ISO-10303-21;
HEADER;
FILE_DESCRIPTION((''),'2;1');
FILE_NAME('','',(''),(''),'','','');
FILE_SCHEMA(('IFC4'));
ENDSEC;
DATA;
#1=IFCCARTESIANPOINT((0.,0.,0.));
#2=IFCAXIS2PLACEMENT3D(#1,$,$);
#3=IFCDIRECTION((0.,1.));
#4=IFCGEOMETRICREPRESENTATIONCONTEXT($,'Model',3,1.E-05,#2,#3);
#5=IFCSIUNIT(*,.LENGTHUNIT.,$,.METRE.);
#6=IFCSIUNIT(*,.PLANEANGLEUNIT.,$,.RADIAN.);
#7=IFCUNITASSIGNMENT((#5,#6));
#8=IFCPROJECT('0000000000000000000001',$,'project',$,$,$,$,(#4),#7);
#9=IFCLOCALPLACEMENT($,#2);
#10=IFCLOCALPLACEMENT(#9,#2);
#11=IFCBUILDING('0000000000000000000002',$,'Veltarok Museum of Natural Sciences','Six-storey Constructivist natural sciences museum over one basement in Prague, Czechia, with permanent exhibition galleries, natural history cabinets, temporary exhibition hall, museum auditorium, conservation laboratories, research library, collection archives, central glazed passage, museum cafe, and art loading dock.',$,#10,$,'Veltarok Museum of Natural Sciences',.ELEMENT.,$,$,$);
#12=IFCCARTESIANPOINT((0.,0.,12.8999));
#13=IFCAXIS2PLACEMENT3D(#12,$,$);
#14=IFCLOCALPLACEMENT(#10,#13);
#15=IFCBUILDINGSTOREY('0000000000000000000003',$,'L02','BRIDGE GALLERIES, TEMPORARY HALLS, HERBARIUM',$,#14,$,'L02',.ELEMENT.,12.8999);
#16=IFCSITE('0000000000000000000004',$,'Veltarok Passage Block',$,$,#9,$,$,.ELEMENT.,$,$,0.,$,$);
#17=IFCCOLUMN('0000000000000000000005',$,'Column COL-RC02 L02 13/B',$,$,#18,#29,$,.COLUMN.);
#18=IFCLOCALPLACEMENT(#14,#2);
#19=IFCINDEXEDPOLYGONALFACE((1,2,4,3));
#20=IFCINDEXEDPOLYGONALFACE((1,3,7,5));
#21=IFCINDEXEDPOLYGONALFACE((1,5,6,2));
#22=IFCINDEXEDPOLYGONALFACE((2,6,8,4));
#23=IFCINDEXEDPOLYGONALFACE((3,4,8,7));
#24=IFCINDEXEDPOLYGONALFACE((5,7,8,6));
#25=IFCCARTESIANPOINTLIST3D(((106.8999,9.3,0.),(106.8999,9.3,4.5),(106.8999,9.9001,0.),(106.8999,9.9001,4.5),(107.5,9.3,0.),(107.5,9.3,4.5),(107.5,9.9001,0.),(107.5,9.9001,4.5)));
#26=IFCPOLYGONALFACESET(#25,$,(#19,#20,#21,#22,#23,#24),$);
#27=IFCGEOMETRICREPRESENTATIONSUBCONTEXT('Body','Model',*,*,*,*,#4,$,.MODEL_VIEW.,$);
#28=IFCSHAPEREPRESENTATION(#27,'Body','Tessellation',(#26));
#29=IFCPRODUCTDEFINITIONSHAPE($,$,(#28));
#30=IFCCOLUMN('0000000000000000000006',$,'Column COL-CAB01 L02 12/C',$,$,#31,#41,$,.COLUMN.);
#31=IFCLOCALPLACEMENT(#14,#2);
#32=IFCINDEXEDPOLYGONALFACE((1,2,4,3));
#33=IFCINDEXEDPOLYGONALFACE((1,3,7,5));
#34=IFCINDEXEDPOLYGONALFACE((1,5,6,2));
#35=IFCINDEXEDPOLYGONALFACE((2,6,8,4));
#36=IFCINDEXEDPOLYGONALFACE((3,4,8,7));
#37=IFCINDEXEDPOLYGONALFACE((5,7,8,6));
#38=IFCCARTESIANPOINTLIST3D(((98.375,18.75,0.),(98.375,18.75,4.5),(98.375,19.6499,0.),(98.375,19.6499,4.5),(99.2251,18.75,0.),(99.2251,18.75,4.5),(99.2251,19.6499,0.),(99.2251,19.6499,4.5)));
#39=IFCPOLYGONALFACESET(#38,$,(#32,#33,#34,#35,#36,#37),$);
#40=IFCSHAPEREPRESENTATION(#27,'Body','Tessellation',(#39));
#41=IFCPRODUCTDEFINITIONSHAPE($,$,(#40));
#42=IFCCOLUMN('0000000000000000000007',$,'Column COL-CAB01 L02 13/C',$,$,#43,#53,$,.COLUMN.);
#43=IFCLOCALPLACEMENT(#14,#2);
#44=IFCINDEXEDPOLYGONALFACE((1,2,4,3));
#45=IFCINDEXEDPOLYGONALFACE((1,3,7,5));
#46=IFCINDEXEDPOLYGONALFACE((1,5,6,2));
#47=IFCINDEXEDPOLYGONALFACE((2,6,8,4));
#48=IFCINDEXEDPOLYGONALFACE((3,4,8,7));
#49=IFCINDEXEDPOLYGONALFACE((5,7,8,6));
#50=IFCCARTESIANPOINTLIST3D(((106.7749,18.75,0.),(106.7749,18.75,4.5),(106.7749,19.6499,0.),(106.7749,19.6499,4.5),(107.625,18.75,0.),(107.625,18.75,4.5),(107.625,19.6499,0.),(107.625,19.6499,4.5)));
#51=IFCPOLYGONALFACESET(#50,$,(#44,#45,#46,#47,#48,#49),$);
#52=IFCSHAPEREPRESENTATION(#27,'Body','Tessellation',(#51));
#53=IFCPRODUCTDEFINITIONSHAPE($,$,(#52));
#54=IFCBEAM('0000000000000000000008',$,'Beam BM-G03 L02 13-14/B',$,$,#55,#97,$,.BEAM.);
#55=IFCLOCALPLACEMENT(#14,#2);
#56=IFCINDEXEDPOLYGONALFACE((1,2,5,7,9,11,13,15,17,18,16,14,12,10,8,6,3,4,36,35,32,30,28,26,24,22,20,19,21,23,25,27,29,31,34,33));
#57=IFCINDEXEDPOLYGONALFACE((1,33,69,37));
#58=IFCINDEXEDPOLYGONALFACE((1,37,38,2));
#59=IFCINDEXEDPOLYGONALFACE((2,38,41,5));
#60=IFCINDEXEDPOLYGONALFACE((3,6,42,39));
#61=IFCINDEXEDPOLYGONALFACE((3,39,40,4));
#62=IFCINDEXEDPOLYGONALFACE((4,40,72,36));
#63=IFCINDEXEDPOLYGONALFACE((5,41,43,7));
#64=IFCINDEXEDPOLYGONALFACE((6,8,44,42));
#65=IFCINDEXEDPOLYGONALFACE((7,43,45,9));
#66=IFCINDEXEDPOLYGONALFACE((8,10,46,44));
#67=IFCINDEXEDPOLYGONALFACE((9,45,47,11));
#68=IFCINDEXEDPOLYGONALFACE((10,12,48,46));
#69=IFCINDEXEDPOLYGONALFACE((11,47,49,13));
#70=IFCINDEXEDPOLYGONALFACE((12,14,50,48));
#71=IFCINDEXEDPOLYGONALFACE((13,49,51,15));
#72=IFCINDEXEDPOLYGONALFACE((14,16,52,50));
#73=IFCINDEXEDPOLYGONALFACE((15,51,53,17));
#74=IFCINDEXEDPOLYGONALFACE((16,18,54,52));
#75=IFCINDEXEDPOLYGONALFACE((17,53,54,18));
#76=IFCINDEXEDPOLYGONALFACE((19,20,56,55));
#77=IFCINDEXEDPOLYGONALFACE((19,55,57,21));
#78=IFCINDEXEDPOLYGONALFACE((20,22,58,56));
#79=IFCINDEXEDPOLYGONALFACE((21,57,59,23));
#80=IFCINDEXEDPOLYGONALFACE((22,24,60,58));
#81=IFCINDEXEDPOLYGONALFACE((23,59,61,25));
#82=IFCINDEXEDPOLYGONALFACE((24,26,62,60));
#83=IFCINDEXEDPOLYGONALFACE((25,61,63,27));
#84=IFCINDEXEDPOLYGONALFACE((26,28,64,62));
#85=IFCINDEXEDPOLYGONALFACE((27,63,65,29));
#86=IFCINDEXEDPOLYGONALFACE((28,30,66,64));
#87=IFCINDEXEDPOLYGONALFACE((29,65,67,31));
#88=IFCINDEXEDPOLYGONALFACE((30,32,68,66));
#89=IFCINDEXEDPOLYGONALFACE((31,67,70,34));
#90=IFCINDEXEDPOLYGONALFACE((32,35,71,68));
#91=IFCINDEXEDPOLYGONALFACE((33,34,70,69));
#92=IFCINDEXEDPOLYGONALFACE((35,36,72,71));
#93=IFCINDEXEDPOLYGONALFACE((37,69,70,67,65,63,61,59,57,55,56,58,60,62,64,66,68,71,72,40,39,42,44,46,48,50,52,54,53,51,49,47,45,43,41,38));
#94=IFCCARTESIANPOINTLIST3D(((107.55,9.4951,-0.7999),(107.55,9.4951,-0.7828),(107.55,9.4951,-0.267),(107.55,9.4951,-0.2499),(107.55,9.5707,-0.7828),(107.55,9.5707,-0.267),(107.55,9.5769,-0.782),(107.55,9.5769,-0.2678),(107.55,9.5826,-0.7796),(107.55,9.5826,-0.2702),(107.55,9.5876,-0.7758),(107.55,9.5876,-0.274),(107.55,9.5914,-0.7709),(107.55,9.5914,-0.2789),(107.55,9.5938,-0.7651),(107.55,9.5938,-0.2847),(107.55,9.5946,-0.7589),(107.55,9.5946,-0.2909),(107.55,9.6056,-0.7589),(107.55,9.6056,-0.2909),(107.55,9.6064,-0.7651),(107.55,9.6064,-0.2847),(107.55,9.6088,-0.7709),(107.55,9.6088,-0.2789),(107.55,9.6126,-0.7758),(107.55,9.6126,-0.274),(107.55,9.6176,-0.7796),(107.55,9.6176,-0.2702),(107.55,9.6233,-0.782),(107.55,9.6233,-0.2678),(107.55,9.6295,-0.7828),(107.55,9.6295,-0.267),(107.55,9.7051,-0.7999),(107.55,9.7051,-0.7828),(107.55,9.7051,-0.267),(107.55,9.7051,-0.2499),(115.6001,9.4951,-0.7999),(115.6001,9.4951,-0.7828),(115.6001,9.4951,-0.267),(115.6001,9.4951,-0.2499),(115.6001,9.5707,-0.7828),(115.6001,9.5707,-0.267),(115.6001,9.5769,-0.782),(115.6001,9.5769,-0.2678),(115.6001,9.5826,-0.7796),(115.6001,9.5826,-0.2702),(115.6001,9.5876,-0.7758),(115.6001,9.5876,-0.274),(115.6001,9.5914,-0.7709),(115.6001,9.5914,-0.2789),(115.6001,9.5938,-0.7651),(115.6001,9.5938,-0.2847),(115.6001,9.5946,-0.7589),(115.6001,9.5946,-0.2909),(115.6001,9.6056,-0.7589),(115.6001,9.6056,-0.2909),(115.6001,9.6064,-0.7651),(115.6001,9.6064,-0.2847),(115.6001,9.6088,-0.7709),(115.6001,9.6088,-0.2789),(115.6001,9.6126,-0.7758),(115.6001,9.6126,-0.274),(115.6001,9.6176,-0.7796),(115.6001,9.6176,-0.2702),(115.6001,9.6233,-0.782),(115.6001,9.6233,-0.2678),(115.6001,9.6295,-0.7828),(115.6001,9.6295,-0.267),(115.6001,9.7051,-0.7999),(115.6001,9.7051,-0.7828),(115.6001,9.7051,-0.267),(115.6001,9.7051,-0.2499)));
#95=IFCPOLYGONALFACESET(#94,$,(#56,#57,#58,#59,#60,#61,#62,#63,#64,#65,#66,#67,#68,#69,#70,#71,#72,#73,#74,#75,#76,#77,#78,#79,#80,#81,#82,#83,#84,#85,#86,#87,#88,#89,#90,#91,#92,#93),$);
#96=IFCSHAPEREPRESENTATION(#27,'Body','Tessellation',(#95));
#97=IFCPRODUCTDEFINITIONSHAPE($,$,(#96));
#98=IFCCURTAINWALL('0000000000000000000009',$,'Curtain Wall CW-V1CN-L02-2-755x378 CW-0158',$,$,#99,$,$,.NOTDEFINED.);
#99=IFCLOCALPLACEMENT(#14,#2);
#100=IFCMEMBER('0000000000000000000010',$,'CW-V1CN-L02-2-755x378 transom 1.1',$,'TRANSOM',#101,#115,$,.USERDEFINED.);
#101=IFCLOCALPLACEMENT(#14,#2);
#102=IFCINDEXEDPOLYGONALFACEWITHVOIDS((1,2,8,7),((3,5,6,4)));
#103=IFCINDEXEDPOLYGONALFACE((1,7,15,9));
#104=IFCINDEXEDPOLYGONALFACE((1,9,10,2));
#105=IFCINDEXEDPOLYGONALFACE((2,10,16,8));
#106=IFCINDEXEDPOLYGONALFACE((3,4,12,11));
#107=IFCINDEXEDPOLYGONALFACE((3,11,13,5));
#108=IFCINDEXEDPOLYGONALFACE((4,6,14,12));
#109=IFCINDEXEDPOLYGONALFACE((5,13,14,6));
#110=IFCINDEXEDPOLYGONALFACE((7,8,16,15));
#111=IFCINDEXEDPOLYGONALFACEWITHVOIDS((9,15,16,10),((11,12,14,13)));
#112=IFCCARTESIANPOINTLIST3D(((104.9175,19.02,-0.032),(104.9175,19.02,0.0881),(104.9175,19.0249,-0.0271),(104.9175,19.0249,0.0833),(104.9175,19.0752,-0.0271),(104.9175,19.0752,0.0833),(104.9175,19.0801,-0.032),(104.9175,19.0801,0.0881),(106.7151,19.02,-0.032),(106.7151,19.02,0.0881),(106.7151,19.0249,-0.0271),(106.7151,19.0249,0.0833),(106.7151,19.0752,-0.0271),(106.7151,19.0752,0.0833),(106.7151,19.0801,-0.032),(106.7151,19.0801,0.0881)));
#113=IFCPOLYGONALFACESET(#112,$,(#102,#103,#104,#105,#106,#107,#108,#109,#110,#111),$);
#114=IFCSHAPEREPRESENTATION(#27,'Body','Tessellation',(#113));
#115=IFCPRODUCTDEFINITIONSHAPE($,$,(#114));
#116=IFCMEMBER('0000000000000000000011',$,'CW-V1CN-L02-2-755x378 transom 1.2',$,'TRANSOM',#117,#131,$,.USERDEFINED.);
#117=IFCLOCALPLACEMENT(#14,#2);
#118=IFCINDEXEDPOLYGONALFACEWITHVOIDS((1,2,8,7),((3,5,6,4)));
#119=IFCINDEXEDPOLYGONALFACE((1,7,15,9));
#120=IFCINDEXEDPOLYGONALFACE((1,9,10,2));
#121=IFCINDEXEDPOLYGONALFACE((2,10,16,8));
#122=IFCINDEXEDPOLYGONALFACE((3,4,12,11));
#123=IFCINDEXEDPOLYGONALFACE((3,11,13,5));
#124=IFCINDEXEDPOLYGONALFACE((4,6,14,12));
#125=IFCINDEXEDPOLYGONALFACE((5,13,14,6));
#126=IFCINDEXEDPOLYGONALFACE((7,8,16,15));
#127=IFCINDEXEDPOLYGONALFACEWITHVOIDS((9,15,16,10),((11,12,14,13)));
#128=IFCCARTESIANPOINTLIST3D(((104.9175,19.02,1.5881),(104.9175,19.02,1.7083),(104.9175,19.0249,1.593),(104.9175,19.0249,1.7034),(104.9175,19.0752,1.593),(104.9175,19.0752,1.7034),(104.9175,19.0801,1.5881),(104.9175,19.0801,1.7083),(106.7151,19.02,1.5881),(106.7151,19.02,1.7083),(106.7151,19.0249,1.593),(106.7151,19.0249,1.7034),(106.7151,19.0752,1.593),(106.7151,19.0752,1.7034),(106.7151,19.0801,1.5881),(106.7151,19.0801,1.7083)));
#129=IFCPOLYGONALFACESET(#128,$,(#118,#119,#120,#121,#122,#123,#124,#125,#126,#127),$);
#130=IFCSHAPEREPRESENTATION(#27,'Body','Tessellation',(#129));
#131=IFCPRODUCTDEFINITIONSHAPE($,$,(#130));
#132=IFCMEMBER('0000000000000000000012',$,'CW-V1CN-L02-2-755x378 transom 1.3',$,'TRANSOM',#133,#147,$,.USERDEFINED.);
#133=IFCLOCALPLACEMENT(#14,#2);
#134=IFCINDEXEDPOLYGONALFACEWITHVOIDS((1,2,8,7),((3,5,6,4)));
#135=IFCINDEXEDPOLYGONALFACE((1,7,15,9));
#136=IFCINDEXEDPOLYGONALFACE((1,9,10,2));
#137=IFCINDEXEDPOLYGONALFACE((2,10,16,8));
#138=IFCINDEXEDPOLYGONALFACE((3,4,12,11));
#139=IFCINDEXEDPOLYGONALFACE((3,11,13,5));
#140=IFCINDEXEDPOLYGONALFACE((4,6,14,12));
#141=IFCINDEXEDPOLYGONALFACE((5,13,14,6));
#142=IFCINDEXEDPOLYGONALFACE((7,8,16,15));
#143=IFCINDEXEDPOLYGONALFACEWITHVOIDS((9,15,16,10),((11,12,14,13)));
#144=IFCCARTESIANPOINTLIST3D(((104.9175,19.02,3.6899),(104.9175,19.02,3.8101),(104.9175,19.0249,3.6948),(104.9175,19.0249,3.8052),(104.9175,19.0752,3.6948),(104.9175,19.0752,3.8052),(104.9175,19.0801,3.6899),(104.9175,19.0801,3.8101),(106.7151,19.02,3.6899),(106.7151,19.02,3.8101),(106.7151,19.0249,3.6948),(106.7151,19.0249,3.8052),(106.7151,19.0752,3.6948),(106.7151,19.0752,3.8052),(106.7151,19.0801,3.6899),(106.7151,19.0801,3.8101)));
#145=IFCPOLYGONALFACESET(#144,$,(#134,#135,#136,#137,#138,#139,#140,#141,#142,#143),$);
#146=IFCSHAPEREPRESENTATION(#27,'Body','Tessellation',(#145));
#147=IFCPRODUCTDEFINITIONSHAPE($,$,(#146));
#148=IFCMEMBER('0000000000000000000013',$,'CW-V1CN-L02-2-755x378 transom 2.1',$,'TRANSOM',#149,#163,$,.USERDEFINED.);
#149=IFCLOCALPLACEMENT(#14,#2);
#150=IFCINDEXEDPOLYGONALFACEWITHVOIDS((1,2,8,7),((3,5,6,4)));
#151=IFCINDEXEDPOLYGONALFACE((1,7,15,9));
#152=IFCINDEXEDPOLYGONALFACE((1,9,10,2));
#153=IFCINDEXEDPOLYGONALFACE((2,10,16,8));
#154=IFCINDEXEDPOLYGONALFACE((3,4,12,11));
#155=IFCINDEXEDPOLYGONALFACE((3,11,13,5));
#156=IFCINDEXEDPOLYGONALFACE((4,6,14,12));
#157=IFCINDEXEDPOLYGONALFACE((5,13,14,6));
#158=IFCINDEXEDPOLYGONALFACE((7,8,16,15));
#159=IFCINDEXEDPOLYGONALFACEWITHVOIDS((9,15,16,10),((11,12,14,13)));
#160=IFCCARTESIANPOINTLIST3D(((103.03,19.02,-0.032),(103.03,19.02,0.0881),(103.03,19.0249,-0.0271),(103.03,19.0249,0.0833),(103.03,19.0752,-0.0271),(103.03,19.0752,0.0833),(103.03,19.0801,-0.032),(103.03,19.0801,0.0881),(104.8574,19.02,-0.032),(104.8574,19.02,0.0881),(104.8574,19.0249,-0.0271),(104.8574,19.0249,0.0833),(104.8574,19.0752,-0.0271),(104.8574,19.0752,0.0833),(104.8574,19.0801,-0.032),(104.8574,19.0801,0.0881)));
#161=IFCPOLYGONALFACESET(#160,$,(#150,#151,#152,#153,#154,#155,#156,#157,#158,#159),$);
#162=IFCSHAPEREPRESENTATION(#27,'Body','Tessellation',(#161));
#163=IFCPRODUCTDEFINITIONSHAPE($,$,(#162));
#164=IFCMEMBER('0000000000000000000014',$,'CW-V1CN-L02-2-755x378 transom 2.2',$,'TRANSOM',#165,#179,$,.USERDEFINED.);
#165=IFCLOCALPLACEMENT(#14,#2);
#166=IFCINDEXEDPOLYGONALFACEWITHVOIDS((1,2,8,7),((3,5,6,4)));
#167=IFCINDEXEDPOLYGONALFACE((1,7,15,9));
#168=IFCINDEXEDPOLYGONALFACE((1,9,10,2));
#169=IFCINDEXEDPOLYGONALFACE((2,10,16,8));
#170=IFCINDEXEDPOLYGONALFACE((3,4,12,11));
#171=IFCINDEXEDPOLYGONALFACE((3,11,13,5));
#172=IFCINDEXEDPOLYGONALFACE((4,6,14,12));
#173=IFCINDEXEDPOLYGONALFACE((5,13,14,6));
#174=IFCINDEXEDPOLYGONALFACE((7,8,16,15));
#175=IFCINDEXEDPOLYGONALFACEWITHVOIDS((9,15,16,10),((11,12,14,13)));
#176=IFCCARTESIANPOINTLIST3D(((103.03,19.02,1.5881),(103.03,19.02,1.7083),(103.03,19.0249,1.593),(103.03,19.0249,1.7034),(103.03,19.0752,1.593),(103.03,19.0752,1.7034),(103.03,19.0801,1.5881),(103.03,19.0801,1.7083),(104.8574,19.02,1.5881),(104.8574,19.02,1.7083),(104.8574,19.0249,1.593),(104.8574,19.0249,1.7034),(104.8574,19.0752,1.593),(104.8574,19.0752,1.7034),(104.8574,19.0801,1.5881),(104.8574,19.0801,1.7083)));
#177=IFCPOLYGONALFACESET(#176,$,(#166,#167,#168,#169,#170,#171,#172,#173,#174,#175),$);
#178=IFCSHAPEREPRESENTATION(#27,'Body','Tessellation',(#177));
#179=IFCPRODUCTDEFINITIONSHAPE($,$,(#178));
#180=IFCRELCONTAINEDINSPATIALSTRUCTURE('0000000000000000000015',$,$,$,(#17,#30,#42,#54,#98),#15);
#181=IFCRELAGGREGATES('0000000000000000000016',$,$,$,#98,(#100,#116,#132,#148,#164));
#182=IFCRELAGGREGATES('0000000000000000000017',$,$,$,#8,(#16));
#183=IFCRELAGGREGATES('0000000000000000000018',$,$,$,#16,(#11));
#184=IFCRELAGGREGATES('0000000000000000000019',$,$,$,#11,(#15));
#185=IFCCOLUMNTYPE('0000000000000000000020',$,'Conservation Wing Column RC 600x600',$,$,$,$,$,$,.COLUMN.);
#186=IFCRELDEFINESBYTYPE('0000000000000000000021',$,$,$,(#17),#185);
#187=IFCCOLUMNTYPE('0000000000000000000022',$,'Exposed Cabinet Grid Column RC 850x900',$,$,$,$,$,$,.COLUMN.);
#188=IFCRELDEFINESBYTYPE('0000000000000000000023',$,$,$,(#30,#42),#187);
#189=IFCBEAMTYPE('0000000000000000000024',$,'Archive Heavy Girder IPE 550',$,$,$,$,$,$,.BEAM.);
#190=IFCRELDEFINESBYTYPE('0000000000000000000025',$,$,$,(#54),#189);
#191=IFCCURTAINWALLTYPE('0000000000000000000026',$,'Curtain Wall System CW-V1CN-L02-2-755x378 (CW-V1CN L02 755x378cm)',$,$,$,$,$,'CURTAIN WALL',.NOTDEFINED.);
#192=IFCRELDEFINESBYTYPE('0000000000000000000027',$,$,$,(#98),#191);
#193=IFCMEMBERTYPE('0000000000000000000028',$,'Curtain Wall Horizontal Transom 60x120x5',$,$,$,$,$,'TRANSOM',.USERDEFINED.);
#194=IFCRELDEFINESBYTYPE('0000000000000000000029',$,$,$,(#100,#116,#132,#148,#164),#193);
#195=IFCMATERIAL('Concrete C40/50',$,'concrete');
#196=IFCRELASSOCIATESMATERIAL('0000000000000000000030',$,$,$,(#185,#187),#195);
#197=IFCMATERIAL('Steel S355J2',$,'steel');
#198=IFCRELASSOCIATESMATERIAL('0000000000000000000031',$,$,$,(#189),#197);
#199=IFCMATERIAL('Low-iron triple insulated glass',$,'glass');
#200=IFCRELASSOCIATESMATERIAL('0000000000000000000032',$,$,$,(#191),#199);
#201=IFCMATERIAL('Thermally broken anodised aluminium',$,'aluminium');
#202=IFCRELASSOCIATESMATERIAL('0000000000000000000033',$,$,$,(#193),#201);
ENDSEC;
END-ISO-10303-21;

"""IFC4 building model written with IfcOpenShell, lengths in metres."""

from ifc_helpers import new_model, si_unit, direction, frame, origin, origin_2d, place, context, subcontext, project, spatial, rectangle, hollow_rectangle, i_section, extrude, material, material_profile, profile_set, type_object, element, aggregate, save


model = new_model("IFC4")

# Units and contexts
model_context = context("Model", 3, precision=1e-05, world=origin(), true_north=direction((0.0, 1.0)))
body_context = subcontext(model_context, "Body", "Model", "MODEL_VIEW")
ifc_project = project(units=[si_unit("LENGTHUNIT", "METRE"), si_unit("PLANEANGLEUNIT", "RADIAN")], contexts=[model_context])

# Site, building, storey
site_placement = place(None, origin())
site = spatial("IfcSite", under=ifc_project, at=site_placement, Name="Veltarok Passage Block", CompositionType="ELEMENT", RefElevation=0.0)
building_placement = place(site_placement, origin())
building = spatial("IfcBuilding", under=site, at=building_placement, Name="Veltarok Museum of Natural Sciences", Description="Six-storey Constructivist natural sciences museum over one basement in Prague, Czechia, with permanent exhibition galleries, natural history cabinets, temporary exhibition hall, museum auditorium, conservation laboratories, research library, collection archives, central glazed passage, museum cafe, and art loading dock.", LongName="Veltarok Museum of Natural Sciences", CompositionType="ELEMENT")
storey_placement = place(building_placement, frame((0.0, 0.0, 12.8999)))
storey = spatial("IfcBuildingStorey", under=building, at=storey_placement, Name="L02", Description="BRIDGE GALLERIES, TEMPORARY HALLS, HERBARIUM", LongName="L02", CompositionType="ELEMENT", Elevation=12.8999)

# Columns
ifc_material_1 = material(Name="Concrete C40/50", Category="concrete")
ifc_material_profile_1 = material_profile(ifc_material_1, rectangle(XDim=0.6001, YDim=0.6001, at=origin_2d()), Name="RC 600x600")
ifc_profile_set_1 = profile_set([ifc_material_profile_1], Name="Concrete C40/50")
column_type_1 = type_object("IfcColumnType", Name="Conservation Wing Column RC 600x600", PredefinedType="COLUMN", material=ifc_profile_set_1)
column_placement = place(storey_placement, frame((107.2, 9.6001, 0.0), z_axis=(0.0, 0.0, 1.0), x_axis=(0.0, 1.0, 0.0)))
element("IfcColumn", 1, at=column_placement, inside=storey, type_object=column_type_1, Name="Column COL-RC02 L02 13/B", PredefinedType="COLUMN", context=body_context, shape_type="SweptSolid", body=[
    extrude(rectangle(XDim=0.6001, YDim=0.6001, at=origin_2d()), origin(), (0.0, 0.0, 1.0), 4.5),
])
ifc_material_profile_2 = material_profile(ifc_material_1, rectangle(XDim=0.8501, YDim=0.8999, at=origin_2d()), Name="RC 850x900")
ifc_profile_set_2 = profile_set([ifc_material_profile_2], Name="Concrete C40/50")
column_type_2 = type_object("IfcColumnType", Name="Exposed Cabinet Grid Column RC 850x900", PredefinedType="COLUMN", material=ifc_profile_set_2)
for number, where, z_axis, x_axis, name in (
    (2, (98.8, 19.2, 0.0), (0.0, 0.0, 1.0), (1.0, 0.0, 0.0), "Column COL-CAB01 L02 12/C"),
    (3, (107.2, 19.2, 0.0), (0.0, 0.0, 1.0), (1.0, 0.0, 0.0), "Column COL-CAB01 L02 13/C"),
):
    element("IfcColumn", number, at=place(storey_placement, frame(where, z_axis=z_axis, x_axis=x_axis)), inside=storey, type_object=column_type_2, Name=name, PredefinedType="COLUMN", context=body_context, shape_type="SweptSolid", body=[
        extrude(rectangle(XDim=0.8501, YDim=0.8999, at=origin_2d()), origin(), (0.0, 0.0, 1.0), 4.5),
    ])

# Beam
ifc_material_2 = material(Name="Steel S355J2", Category="steel")
ifc_material_profile_3 = material_profile(ifc_material_2, i_section(OverallWidth=0.21, OverallDepth=0.55, WebThickness=0.011, FlangeThickness=0.0171, FilletRadius=0.0239, at=origin_2d()), Name="IPE 550")
ifc_profile_set_3 = profile_set([ifc_material_profile_3], Name="Steel S355J2")
beam_type_1 = type_object("IfcBeamType", Name="Archive Heavy Girder IPE 550", PredefinedType="BEAM", material=ifc_profile_set_3)
beam_1_placement = place(storey_placement, frame((107.55, 9.6001, -0.5249), z_axis=(1.0, 0.0, 0.0), x_axis=(0.0, 1.0, 0.0)))
element("IfcBeam", 4, at=beam_1_placement, inside=storey, type_object=beam_type_1, Name="Beam BM-G03 L02 13-14/B", PredefinedType="BEAM", context=body_context, shape_type="SweptSolid", body=[
    extrude(i_section(OverallWidth=0.21, OverallDepth=0.55, WebThickness=0.011, FlangeThickness=0.0171, FilletRadius=0.0239, at=origin_2d()), origin(), (0.0, 0.0, 1.0), 8.05),
])

# Curtain wall, members
ifc_material_3 = material(Name="Low-iron triple insulated glass", Category="glass")
curtain_wall_type = type_object("IfcCurtainWallType", Name="Curtain Wall System CW-V1CN-L02-2-755x378 (CW-V1CN L02 755x378cm)", ElementType="CURTAIN WALL", PredefinedType="NOTDEFINED", material=ifc_material_3)
curtain_wall_placement = place(storey_placement, origin())
curtain_wall = element("IfcCurtainWall", 5, at=curtain_wall_placement, inside=storey, type_object=curtain_wall_type, Name="Curtain Wall CW-V1CN-L02-2-755x378 CW-0158", PredefinedType="NOTDEFINED")
ifc_material_4 = material(Name="Thermally broken anodised aluminium", Category="aluminium")
ifc_material_profile_4 = material_profile(ifc_material_4, hollow_rectangle(XDim=0.0601, YDim=0.1201, WallThickness=0.0049, at=origin_2d()), Name="CW TRANSOM 60x120x5")
ifc_profile_set_4 = profile_set([ifc_material_profile_4], Name="Thermally broken anodised aluminium")
member_type_1 = type_object("IfcMemberType", Name="Curtain Wall Horizontal Transom 60x120x5", ElementType="TRANSOM", PredefinedType="USERDEFINED", material=ifc_profile_set_4)
member_1_placement = place(storey_placement, frame((106.7151, 19.05, 0.0281), z_axis=(-1.0, 0.0, 0.0), x_axis=(0.0, -1.0, 0.0)))
member_1 = element("IfcMember", 6, at=member_1_placement, type_object=member_type_1, Name="CW-V1CN-L02-2-755x378 transom 1.1", ObjectType="TRANSOM", PredefinedType="USERDEFINED", context=body_context, shape_type="SweptSolid", body=[
    extrude(hollow_rectangle(XDim=0.0601, YDim=0.1201, WallThickness=0.0049, at=origin_2d()), origin(), (0.0, 0.0, 1.0), 1.7976),
])
member_2_placement = place(storey_placement, frame((106.7151, 19.05, 1.6482), z_axis=(-1.0, 0.0, 0.0), x_axis=(0.0, -1.0, 0.0)))
member_2 = element("IfcMember", 7, at=member_2_placement, type_object=member_type_1, Name="CW-V1CN-L02-2-755x378 transom 1.2", ObjectType="TRANSOM", PredefinedType="USERDEFINED", context=body_context, shape_type="SweptSolid", body=[
    extrude(hollow_rectangle(XDim=0.0601, YDim=0.1201, WallThickness=0.0049, at=origin_2d()), origin(), (0.0, 0.0, 1.0), 1.7976),
])
member_3_placement = place(storey_placement, frame((106.7151, 19.05, 3.75), z_axis=(-1.0, 0.0, 0.0), x_axis=(0.0, -1.0, 0.0)))
member_3 = element("IfcMember", 8, at=member_3_placement, type_object=member_type_1, Name="CW-V1CN-L02-2-755x378 transom 1.3", ObjectType="TRANSOM", PredefinedType="USERDEFINED", context=body_context, shape_type="SweptSolid", body=[
    extrude(hollow_rectangle(XDim=0.0601, YDim=0.1201, WallThickness=0.0049, at=origin_2d()), origin(), (0.0, 0.0, 1.0), 1.7976),
])
member_4_placement = place(storey_placement, frame((104.8574, 19.05, 0.0281), z_axis=(-1.0, 0.0, 0.0), x_axis=(0.0, -1.0, 0.0)))
member_4 = element("IfcMember", 9, at=member_4_placement, type_object=member_type_1, Name="CW-V1CN-L02-2-755x378 transom 2.1", ObjectType="TRANSOM", PredefinedType="USERDEFINED", context=body_context, shape_type="SweptSolid", body=[
    extrude(hollow_rectangle(XDim=0.0601, YDim=0.1201, WallThickness=0.0049, at=origin_2d()), origin(), (0.0, 0.0, 1.0), 1.8274),
])
member_5_placement = place(storey_placement, frame((104.8574, 19.05, 1.6482), z_axis=(-1.0, 0.0, 0.0), x_axis=(0.0, -1.0, 0.0)))
member_5 = element("IfcMember", 10, at=member_5_placement, type_object=member_type_1, Name="CW-V1CN-L02-2-755x378 transom 2.2", ObjectType="TRANSOM", PredefinedType="USERDEFINED", context=body_context, shape_type="SweptSolid", body=[
    extrude(hollow_rectangle(XDim=0.0601, YDim=0.1201, WallThickness=0.0049, at=origin_2d()), origin(), (0.0, 0.0, 1.0), 1.8274),
])

aggregate(curtain_wall, [member_1, member_2, member_3, member_4, member_5])

save(model, "model.ifc")
